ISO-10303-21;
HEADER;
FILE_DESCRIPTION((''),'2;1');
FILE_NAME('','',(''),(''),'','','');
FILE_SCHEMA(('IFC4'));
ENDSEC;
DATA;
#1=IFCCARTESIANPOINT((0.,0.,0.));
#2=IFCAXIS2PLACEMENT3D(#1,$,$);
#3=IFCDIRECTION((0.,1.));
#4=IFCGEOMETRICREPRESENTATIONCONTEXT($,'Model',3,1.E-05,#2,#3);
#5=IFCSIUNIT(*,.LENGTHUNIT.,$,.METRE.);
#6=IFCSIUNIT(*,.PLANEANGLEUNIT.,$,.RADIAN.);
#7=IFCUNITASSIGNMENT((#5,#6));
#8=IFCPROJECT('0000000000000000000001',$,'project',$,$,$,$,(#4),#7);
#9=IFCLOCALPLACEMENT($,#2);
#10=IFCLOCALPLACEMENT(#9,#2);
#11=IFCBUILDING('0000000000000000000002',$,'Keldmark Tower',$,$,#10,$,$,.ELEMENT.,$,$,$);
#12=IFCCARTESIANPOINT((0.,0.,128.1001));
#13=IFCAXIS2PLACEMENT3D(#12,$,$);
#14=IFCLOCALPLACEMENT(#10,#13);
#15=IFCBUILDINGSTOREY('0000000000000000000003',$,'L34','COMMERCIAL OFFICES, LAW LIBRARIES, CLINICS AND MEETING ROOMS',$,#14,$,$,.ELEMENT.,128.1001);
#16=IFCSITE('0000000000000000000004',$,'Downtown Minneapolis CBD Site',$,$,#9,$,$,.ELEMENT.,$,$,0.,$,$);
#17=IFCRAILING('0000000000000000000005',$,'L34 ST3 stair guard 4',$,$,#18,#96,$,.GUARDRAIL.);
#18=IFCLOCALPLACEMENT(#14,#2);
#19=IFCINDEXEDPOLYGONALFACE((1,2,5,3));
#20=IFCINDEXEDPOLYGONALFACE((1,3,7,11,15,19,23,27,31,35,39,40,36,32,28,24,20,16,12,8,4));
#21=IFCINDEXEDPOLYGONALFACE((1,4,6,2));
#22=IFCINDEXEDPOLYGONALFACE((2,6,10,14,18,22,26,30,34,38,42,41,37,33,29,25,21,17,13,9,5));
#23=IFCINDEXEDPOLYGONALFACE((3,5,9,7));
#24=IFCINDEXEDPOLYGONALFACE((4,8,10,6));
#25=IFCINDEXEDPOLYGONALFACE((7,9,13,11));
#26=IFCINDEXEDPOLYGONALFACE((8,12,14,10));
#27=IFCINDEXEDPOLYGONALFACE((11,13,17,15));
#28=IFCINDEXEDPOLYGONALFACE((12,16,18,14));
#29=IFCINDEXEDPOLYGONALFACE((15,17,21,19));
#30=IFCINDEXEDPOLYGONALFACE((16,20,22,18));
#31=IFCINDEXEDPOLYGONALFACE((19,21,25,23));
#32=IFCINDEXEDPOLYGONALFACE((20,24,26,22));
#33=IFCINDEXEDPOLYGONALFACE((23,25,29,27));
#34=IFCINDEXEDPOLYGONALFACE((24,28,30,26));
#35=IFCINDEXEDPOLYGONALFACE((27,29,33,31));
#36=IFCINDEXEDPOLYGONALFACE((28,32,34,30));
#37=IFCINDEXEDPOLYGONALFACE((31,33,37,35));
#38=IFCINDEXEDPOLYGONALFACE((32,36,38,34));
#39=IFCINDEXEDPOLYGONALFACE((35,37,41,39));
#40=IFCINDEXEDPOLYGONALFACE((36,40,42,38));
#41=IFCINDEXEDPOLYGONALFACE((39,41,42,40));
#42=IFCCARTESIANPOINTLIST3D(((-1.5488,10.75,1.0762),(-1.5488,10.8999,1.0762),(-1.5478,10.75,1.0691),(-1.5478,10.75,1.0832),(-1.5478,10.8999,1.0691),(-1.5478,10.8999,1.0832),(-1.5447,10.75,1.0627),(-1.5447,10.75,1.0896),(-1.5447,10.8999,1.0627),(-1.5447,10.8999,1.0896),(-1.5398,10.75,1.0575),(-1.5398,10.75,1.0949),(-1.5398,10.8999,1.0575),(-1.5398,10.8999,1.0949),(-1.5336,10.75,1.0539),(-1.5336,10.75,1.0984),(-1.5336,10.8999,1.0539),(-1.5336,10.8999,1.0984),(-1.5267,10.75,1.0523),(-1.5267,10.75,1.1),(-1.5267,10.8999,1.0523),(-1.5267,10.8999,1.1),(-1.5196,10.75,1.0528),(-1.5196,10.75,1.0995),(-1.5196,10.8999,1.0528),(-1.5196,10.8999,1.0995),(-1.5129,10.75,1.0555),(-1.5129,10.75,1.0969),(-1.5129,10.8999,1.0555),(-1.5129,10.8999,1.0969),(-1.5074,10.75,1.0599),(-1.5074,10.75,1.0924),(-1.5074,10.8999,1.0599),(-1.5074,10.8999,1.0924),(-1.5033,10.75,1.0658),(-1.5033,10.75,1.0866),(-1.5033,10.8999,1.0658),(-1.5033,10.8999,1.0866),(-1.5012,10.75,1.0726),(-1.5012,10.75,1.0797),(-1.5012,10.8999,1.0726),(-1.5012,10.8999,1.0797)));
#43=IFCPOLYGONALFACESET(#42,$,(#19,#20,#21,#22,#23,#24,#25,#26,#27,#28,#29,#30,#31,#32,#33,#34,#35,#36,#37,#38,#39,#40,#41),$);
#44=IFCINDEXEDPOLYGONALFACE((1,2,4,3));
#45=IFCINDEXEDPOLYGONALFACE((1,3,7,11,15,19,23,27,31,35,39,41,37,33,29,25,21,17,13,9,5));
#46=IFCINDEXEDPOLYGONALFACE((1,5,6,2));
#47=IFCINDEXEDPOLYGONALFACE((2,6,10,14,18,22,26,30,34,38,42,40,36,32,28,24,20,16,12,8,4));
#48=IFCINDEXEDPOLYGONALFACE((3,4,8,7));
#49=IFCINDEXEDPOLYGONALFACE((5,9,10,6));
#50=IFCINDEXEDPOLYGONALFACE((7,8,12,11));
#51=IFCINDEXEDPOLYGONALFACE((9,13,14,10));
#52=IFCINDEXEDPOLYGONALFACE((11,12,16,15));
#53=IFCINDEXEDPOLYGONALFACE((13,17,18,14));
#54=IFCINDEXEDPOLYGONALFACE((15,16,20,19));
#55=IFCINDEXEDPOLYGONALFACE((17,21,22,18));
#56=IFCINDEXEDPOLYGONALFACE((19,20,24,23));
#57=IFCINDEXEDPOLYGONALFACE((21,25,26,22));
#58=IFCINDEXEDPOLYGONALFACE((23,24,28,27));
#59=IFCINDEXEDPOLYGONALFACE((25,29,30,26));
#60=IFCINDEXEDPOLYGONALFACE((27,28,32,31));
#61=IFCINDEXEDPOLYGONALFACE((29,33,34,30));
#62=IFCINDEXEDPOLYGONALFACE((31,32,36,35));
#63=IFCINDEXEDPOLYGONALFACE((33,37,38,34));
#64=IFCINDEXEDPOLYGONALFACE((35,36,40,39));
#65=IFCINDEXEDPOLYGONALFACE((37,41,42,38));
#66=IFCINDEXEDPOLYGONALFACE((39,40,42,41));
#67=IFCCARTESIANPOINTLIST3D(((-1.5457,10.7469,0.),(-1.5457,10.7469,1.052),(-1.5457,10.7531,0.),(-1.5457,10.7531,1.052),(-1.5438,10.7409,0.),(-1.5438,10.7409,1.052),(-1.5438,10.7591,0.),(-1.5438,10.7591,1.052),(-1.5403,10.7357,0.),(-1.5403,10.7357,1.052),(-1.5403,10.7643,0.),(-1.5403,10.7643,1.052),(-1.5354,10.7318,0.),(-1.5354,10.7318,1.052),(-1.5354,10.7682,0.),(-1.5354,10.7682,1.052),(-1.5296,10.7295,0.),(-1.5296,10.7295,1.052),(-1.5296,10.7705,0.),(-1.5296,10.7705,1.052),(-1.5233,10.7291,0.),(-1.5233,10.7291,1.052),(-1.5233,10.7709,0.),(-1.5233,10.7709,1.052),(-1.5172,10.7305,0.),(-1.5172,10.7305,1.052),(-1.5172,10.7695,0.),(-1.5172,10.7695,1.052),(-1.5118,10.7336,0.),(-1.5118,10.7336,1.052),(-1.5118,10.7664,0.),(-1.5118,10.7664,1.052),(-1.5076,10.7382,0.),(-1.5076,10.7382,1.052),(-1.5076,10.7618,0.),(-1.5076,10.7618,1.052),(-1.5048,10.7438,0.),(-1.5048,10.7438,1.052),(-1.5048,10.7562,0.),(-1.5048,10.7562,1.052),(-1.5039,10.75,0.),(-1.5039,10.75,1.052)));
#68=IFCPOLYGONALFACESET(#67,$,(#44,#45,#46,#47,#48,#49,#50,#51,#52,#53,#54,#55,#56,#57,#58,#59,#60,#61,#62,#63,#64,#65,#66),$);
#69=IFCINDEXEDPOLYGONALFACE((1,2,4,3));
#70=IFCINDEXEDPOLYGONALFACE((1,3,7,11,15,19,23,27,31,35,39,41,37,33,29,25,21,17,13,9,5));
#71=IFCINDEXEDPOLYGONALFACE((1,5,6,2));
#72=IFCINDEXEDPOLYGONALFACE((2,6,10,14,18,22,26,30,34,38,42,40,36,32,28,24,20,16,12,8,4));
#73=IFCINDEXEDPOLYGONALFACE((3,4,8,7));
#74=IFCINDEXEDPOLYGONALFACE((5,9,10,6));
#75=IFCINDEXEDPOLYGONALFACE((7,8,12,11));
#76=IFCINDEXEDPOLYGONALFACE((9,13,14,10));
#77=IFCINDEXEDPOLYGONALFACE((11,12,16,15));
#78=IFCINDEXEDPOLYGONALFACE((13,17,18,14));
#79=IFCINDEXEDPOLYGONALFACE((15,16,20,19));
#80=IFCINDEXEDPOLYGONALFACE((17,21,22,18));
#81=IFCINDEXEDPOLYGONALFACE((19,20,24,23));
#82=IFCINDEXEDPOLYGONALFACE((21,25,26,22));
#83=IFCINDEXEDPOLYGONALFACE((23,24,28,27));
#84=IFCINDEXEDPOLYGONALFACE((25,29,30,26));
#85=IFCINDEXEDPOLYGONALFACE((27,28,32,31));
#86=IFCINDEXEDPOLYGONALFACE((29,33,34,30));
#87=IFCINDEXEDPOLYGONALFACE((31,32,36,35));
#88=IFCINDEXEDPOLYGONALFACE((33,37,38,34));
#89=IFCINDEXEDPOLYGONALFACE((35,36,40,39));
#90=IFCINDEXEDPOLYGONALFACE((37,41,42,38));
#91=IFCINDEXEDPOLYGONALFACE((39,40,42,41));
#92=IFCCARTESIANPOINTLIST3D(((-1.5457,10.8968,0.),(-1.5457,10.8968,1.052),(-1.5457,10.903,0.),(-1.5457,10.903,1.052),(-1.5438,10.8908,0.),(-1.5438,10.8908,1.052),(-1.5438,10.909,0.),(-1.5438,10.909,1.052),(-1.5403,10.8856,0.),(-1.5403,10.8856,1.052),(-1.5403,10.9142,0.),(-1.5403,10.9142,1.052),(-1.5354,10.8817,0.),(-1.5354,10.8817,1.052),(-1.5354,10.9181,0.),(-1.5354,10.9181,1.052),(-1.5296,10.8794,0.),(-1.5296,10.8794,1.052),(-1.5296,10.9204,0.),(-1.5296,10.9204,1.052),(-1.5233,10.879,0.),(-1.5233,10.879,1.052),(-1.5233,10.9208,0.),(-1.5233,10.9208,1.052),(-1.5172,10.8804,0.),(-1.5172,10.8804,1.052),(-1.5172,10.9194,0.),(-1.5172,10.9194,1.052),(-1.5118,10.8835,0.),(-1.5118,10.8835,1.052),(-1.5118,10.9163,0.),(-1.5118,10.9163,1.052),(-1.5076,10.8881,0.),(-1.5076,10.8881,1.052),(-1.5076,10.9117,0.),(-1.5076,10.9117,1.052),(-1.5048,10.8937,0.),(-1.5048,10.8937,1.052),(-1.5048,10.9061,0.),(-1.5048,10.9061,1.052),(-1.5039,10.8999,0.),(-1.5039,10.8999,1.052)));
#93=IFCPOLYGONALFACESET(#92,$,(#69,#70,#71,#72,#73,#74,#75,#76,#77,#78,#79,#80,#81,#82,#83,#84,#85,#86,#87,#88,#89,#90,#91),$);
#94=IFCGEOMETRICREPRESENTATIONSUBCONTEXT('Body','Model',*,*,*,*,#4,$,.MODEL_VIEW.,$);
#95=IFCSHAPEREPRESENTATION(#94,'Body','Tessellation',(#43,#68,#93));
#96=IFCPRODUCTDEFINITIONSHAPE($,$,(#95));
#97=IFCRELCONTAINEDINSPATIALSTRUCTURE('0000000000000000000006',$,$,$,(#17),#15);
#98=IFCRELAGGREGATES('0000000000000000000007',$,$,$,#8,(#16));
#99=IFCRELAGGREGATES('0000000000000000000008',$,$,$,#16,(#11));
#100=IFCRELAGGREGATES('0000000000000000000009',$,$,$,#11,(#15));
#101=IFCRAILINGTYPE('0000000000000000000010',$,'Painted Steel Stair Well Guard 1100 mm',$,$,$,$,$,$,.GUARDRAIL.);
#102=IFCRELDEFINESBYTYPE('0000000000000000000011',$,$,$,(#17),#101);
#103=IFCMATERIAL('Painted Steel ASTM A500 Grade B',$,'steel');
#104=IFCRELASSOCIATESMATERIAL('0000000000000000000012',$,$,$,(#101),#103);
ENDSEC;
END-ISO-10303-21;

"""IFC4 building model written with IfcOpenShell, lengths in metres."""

from ifc_helpers import new_model, si_unit, direction, frame, origin, origin_2d, place, context, subcontext, project, spatial, circle, extrude, material, type_object, element, save


model = new_model("IFC4")

# Units and contexts
model_context = context("Model", 3, precision=1e-05, world=origin(), true_north=direction((0.0, 1.0)))
body_context = subcontext(model_context, "Body", "Model", "MODEL_VIEW")
ifc_project = project(units=[si_unit("LENGTHUNIT", "METRE"), si_unit("PLANEANGLEUNIT", "RADIAN")], contexts=[model_context])

# Site, building, storey
site_placement = place(None, origin())
site = spatial("IfcSite", under=ifc_project, at=site_placement, Name="Downtown Minneapolis CBD Site", CompositionType="ELEMENT", RefElevation=0.0)
building_placement = place(site_placement, origin())
building = spatial("IfcBuilding", under=site, at=building_placement, Name="Keldmark Tower", CompositionType="ELEMENT")
storey_placement = place(building_placement, frame((0.0, 0.0, 128.1001)))
storey = spatial("IfcBuildingStorey", under=building, at=storey_placement, Name="L34", Description="COMMERCIAL OFFICES, LAW LIBRARIES, CLINICS AND MEETING ROOMS", CompositionType="ELEMENT", Elevation=128.1001)

# Railing
ifc_material_1 = material(Name="Painted Steel ASTM A500 Grade B", Category="steel")
railing_type = type_object("IfcRailingType", Name="Painted Steel Stair Well Guard 1100 mm", PredefinedType="GUARDRAIL", material=ifc_material_1)
railing_1_placement = place(storey_placement, frame((-1.5249, 10.75, 0.0)))
element("IfcRailing", 1, at=railing_1_placement, inside=storey, type_object=railing_type, Name="L34 ST3 stair guard 4", PredefinedType="GUARDRAIL", context=body_context, shape_type="SweptSolid", body=[
    extrude(circle(Radius=0.0239, at=origin_2d()), frame((0.0, 0.0, 1.0762), z_axis=(0.0, 1.0, 0.0), x_axis=(-1.0, 0.0, 0.0)), (0.0, 0.0, 1.0), 0.1499),
    extrude(circle(Radius=0.021, at=origin_2d()), origin(), (0.0, 0.0, 1.0), 1.052),
    extrude(circle(Radius=0.021, at=origin_2d()), frame((0.0, 0.1499, 0.0)), (0.0, 0.0, 1.0), 1.052),
])

save(model, "model.ifc")
